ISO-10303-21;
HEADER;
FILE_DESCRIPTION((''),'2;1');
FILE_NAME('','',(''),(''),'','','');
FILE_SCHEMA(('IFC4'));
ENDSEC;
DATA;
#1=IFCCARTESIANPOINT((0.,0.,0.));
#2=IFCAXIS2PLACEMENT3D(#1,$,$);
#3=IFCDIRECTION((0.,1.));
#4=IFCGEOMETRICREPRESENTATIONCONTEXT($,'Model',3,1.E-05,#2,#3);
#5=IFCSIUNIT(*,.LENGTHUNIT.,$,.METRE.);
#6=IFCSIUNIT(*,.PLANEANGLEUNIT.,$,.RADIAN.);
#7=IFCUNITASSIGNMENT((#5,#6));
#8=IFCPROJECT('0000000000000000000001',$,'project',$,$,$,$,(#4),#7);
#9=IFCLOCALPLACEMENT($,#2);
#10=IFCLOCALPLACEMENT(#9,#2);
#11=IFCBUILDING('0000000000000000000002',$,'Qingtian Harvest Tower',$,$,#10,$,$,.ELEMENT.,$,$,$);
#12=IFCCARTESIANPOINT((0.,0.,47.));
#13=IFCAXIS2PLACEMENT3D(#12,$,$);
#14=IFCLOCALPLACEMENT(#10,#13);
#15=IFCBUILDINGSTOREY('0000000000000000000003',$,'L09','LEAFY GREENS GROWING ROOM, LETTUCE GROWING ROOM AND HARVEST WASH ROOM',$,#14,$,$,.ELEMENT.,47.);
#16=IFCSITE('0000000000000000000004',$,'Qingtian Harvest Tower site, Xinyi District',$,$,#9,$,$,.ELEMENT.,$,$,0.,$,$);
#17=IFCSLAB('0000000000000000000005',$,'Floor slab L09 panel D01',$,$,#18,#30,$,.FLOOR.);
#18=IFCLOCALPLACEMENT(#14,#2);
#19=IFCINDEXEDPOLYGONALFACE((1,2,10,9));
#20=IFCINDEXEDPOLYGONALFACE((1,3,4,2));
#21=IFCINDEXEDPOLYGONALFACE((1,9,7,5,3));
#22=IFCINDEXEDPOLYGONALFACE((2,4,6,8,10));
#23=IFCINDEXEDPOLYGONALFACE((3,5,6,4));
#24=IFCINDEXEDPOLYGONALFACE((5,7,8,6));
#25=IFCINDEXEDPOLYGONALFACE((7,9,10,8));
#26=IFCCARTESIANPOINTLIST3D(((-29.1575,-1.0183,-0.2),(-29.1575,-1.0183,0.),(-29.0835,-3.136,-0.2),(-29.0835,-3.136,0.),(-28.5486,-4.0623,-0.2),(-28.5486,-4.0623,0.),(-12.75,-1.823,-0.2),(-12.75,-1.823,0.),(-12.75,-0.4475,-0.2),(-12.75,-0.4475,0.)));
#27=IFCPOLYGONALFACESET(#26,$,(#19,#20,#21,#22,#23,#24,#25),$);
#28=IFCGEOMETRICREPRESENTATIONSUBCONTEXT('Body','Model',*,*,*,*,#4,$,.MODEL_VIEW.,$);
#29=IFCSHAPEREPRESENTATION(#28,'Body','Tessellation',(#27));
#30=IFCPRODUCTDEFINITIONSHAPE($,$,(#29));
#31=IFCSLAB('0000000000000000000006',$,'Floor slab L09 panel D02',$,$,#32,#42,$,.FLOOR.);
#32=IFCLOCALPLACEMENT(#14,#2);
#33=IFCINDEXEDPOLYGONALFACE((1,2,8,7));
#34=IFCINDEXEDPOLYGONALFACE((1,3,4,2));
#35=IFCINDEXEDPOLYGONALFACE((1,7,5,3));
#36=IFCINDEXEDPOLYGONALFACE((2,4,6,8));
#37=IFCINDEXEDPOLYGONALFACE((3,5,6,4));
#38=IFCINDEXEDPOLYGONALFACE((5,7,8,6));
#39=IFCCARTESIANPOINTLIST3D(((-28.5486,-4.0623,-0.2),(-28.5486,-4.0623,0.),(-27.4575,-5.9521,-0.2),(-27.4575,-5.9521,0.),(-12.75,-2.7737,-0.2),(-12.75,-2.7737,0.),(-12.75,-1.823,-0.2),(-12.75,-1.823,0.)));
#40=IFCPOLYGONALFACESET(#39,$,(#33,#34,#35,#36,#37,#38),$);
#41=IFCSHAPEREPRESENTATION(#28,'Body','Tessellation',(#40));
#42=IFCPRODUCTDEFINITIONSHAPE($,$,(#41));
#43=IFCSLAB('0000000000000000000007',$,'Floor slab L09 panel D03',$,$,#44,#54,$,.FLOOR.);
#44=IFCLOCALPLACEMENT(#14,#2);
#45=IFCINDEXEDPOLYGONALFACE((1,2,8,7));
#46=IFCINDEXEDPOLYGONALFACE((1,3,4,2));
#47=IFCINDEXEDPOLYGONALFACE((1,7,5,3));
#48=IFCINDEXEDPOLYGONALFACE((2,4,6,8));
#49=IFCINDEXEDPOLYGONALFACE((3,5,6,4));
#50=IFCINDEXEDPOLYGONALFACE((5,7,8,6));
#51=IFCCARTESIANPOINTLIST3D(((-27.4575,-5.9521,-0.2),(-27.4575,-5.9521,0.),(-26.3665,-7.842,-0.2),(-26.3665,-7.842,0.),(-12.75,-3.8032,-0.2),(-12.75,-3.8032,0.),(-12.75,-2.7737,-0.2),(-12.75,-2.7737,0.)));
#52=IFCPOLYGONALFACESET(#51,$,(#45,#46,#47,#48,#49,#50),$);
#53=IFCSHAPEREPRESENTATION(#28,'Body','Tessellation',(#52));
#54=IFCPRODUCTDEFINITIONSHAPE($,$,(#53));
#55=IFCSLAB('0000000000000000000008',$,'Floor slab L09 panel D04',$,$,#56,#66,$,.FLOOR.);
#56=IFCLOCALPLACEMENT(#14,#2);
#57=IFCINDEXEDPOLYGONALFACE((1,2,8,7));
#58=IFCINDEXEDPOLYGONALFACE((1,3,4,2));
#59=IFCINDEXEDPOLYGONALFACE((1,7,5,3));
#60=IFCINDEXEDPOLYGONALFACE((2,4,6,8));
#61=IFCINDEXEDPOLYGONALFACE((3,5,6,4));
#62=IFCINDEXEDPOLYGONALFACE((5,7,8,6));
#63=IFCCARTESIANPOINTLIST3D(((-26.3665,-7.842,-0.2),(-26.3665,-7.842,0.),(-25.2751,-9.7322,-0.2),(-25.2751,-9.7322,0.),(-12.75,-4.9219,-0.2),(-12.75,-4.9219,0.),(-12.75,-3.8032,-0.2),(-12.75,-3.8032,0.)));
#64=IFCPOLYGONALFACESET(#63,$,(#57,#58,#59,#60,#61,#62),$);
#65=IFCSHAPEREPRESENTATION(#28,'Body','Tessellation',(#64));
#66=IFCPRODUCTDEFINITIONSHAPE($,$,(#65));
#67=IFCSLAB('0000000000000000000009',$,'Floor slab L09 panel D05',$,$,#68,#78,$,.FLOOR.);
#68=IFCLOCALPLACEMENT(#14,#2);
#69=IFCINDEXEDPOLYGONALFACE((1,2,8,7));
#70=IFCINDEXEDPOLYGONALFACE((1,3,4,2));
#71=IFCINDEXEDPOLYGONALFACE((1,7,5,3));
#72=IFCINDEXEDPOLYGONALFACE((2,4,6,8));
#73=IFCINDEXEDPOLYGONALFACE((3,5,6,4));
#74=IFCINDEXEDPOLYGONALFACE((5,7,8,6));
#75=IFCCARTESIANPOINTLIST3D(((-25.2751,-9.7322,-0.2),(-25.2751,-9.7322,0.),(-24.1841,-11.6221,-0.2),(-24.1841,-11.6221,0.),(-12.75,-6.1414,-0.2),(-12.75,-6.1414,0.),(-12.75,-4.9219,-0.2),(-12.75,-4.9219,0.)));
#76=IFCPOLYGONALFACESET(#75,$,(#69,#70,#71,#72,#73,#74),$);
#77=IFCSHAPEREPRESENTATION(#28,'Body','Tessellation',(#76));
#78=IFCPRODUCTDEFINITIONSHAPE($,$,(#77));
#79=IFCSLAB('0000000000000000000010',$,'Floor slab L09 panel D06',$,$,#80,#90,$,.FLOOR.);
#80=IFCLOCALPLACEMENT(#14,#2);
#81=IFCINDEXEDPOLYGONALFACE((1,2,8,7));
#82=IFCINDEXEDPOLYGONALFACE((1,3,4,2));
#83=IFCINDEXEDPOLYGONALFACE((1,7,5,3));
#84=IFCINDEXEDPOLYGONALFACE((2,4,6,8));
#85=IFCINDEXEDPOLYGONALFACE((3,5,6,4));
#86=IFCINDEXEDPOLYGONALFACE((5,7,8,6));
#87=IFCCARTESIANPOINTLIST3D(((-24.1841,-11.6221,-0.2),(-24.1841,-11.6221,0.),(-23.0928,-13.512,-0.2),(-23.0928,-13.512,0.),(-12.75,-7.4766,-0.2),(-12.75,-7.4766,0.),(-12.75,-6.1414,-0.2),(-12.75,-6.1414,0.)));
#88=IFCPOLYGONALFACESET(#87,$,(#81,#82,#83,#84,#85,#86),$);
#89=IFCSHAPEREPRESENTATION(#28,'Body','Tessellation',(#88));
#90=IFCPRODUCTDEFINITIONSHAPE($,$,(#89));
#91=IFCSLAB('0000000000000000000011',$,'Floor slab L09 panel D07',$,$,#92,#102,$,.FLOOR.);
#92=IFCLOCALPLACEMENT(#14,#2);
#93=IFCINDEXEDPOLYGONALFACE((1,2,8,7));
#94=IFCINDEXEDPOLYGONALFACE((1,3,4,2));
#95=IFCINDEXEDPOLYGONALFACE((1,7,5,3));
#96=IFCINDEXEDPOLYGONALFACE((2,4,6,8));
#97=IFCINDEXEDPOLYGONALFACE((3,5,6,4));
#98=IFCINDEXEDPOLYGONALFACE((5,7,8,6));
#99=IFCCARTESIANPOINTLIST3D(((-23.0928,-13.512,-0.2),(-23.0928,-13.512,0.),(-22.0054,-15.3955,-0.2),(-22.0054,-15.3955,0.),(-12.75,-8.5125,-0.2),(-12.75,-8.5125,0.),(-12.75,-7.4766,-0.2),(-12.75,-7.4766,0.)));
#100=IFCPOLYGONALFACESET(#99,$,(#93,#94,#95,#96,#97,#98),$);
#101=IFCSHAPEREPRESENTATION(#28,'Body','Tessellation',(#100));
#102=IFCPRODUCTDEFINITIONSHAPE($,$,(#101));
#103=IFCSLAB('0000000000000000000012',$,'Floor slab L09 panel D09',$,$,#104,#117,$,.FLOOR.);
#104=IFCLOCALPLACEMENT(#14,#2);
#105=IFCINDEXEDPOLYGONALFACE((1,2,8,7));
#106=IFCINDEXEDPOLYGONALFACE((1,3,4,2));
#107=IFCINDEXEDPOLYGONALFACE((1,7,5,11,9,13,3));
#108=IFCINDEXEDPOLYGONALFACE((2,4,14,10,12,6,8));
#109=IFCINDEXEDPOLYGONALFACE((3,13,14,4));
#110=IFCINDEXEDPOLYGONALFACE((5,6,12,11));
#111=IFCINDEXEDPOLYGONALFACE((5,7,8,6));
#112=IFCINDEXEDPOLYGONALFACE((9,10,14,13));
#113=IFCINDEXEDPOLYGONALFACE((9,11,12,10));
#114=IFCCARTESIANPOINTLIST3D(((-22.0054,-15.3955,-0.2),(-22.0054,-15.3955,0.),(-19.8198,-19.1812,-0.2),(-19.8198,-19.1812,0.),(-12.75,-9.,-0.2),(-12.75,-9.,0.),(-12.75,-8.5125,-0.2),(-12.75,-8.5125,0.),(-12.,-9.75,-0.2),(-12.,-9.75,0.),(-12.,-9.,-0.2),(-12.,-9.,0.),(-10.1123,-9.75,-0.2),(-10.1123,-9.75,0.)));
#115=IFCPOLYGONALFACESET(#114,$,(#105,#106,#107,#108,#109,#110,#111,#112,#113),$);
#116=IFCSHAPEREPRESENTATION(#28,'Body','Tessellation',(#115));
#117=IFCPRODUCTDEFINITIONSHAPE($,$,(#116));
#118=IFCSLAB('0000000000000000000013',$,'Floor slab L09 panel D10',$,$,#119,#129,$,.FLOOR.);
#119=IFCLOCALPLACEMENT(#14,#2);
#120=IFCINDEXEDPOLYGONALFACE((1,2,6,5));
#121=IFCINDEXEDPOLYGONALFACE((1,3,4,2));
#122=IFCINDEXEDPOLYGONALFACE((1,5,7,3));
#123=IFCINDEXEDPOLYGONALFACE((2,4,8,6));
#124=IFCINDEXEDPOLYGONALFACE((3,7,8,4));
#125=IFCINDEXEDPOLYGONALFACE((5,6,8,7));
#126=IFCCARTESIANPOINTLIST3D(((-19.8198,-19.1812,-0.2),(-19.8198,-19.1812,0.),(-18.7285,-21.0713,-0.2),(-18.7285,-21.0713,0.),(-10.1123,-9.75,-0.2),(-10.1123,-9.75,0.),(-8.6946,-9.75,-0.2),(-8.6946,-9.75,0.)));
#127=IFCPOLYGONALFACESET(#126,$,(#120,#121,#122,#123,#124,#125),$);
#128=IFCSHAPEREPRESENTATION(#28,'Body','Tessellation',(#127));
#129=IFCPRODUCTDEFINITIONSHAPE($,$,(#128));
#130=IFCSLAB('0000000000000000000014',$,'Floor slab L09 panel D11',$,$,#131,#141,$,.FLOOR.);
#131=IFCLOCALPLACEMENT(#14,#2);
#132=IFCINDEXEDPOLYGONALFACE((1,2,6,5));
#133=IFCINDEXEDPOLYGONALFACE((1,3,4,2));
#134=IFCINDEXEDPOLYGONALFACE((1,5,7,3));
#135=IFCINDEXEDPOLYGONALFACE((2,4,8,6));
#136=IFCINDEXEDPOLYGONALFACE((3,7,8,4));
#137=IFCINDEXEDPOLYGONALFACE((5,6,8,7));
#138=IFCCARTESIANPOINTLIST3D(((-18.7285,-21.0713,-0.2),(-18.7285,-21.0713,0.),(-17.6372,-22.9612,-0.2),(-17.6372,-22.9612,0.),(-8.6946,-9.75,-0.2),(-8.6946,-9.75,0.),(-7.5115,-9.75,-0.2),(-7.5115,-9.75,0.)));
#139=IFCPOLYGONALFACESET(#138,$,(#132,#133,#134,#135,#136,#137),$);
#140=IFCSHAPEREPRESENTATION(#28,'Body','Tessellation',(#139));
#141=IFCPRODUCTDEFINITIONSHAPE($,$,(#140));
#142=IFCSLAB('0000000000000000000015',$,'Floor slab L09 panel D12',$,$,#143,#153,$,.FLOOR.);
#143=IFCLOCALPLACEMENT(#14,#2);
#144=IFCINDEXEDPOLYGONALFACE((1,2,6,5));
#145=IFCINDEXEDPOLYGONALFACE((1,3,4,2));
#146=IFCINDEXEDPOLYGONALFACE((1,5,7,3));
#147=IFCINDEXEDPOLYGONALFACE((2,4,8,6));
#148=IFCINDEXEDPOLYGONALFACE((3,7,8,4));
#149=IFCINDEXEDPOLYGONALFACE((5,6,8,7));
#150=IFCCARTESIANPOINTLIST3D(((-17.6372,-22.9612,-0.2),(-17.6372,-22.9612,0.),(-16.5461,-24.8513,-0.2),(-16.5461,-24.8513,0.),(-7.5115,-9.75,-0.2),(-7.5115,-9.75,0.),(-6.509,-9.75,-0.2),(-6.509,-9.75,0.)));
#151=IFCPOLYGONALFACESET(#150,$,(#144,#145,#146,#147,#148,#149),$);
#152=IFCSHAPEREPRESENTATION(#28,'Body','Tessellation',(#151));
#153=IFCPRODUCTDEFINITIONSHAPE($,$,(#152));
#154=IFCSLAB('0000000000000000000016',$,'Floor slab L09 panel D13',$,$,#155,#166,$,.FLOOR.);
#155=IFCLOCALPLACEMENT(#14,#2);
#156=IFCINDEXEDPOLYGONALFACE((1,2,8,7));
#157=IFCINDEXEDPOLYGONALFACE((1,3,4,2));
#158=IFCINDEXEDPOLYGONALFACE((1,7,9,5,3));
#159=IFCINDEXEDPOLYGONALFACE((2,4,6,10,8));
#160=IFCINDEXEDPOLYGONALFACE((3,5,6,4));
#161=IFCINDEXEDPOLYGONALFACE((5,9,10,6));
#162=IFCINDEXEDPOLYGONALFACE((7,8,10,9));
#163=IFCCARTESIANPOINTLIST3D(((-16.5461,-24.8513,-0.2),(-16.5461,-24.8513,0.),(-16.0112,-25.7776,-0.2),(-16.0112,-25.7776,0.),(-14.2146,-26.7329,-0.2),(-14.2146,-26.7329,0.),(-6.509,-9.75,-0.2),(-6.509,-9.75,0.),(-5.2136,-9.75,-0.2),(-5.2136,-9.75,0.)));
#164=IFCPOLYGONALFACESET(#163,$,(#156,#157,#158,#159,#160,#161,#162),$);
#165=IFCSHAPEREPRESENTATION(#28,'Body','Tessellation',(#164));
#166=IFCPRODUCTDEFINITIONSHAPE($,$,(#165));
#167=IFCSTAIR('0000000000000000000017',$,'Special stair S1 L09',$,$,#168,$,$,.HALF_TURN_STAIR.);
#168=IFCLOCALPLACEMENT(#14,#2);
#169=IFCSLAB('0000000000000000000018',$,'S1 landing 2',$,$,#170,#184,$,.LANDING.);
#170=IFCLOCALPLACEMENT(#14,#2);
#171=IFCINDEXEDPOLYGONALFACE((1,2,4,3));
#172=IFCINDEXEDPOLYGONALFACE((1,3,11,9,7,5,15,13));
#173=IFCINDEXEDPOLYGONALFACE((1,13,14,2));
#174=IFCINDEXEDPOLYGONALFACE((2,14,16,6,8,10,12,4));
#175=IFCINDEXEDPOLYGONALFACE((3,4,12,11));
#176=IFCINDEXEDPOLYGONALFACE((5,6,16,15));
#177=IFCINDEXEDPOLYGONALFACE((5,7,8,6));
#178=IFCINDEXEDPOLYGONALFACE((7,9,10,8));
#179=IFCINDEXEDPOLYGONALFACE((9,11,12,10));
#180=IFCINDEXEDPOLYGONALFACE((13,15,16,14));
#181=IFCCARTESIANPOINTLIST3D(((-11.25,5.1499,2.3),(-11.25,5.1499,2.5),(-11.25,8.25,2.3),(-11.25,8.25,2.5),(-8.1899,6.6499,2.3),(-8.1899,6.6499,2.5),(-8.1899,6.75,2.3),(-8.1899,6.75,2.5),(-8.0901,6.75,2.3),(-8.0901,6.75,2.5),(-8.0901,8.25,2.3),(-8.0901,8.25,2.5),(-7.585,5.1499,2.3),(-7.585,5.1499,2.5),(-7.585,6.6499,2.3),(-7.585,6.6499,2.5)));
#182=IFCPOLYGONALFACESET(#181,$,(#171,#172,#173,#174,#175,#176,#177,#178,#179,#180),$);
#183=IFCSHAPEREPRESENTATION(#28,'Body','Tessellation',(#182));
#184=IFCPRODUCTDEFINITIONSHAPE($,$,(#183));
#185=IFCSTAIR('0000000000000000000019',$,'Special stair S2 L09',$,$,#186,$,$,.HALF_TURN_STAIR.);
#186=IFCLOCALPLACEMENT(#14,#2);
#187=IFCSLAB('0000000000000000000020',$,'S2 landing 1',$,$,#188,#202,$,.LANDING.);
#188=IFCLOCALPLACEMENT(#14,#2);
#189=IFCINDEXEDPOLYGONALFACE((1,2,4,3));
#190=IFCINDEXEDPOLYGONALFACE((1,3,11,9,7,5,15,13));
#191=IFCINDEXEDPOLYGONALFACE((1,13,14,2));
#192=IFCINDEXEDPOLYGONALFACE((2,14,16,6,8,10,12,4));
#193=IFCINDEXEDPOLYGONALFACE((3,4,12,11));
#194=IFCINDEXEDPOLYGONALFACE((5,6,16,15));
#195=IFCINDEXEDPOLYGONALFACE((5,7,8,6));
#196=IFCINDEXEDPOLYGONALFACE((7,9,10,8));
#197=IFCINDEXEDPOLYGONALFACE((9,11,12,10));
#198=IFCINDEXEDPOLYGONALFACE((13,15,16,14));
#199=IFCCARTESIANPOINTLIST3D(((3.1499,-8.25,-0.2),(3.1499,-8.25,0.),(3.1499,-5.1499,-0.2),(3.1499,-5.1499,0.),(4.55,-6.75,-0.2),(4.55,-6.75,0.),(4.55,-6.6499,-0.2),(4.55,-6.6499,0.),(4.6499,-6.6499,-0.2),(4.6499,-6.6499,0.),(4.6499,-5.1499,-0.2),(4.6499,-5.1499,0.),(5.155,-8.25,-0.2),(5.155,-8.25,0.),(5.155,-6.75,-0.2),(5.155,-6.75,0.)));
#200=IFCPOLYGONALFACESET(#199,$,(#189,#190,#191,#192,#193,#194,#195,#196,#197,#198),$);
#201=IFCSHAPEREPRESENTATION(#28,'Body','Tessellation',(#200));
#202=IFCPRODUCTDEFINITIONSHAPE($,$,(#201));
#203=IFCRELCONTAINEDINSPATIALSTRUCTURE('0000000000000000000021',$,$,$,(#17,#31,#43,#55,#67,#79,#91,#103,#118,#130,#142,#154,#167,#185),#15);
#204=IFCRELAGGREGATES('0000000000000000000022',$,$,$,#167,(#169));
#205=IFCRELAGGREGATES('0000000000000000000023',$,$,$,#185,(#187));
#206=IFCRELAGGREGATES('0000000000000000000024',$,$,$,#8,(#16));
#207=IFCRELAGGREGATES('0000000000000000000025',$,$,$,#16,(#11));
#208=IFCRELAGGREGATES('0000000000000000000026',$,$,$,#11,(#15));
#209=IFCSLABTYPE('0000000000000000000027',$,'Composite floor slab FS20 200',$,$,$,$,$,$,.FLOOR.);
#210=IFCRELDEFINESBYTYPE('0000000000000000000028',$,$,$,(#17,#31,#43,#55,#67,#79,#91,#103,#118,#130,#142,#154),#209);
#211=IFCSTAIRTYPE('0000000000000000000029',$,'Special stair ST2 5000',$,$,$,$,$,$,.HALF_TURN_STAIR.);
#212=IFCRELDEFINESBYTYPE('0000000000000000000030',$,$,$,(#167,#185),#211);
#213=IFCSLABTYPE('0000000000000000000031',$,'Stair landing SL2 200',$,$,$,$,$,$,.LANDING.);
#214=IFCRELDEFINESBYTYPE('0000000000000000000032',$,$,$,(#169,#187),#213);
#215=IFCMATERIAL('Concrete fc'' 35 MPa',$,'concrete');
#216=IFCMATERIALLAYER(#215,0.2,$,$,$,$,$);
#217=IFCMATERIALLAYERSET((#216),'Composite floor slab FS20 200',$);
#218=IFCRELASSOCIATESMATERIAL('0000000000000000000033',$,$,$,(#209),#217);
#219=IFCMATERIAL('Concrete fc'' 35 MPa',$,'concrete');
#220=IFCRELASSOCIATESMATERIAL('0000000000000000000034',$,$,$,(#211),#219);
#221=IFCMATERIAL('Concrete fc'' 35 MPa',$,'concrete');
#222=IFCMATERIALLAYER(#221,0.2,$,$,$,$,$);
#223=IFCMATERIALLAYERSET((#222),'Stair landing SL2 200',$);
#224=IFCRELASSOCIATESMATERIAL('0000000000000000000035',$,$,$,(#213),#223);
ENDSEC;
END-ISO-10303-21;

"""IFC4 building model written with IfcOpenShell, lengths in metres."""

from ifc_helpers import new_model, si_unit, direction, frame, origin, place, context, subcontext, project, spatial, polyline, outline, extrude, material, layer, layer_set, type_object, element, aggregate, save


model = new_model("IFC4")

# Units and contexts
model_context = context("Model", 3, precision=1e-05, world=origin(), true_north=direction((0.0, 1.0)))
body_context = subcontext(model_context, "Body", "Model", "MODEL_VIEW")
ifc_project = project(units=[si_unit("LENGTHUNIT", "METRE"), si_unit("PLANEANGLEUNIT", "RADIAN")], contexts=[model_context])

# Site, building, storey
site_placement = place(None, origin())
site = spatial("IfcSite", under=ifc_project, at=site_placement, Name="Qingtian Harvest Tower site, Xinyi District", CompositionType="ELEMENT", RefElevation=0.0)
building_placement = place(site_placement, origin())
building = spatial("IfcBuilding", under=site, at=building_placement, Name="Qingtian Harvest Tower", CompositionType="ELEMENT")
storey_placement = place(building_placement, frame((0.0, 0.0, 47.0)))
storey = spatial("IfcBuildingStorey", under=building, at=storey_placement, Name="L09", Description="LEAFY GREENS GROWING ROOM, LETTUCE GROWING ROOM AND HARVEST WASH ROOM", CompositionType="ELEMENT", Elevation=47.0)

# Slabs
ifc_material_1 = material(Name="Concrete fc' 35 MPa", Category="concrete")
ifc_layer_1 = layer(ifc_material_1, 0.2)
ifc_layer_set_1 = layer_set([ifc_layer_1], Name="Composite floor slab FS20 200")
slab_type_1 = type_object("IfcSlabType", Name="Composite floor slab FS20 200", PredefinedType="FLOOR", material=ifc_layer_set_1)
slab_1_placement = place(storey_placement, frame((0.0, 0.0, -0.2)))
element("IfcSlab", 1, at=slab_1_placement, inside=storey, type_object=slab_type_1, Name="Floor slab L09 panel D01", PredefinedType="FLOOR", context=body_context, shape_type="SweptSolid", body=[
    extrude(outline(polyline([(-29.1575, -1.0183), (-12.75, -0.4475), (-12.75, -1.823), (-28.5486, -4.0623), (-29.0835, -3.136), (-29.1575, -1.0183)])), origin(), (0.0, 0.0, 1.0), 0.2),
])
slab_2_placement = place(storey_placement, frame((0.0, 0.0, -0.2)))
element("IfcSlab", 2, at=slab_2_placement, inside=storey, type_object=slab_type_1, Name="Floor slab L09 panel D02", PredefinedType="FLOOR", context=body_context, shape_type="SweptSolid", body=[
    extrude(outline(polyline([(-12.75, -2.7737), (-27.4575, -5.9521), (-28.5486, -4.0623), (-12.75, -1.823), (-12.75, -2.7737)])), origin(), (0.0, 0.0, 1.0), 0.2),
])
slab_3_placement = place(storey_placement, frame((0.0, 0.0, -0.2)))
element("IfcSlab", 3, at=slab_3_placement, inside=storey, type_object=slab_type_1, Name="Floor slab L09 panel D03", PredefinedType="FLOOR", context=body_context, shape_type="SweptSolid", body=[
    extrude(outline(polyline([(-12.75, -3.8032), (-26.3665, -7.842), (-27.4575, -5.9521), (-12.75, -2.7737), (-12.75, -3.8032)])), origin(), (0.0, 0.0, 1.0), 0.2),
])
slab_4_placement = place(storey_placement, frame((0.0, 0.0, -0.2)))
element("IfcSlab", 4, at=slab_4_placement, inside=storey, type_object=slab_type_1, Name="Floor slab L09 panel D04", PredefinedType="FLOOR", context=body_context, shape_type="SweptSolid", body=[
    extrude(outline(polyline([(-12.75, -4.9219), (-25.2751, -9.7322), (-26.3665, -7.842), (-12.75, -3.8032), (-12.75, -4.9219)])), origin(), (0.0, 0.0, 1.0), 0.2),
])
slab_5_placement = place(storey_placement, frame((0.0, 0.0, -0.2)))
element("IfcSlab", 5, at=slab_5_placement, inside=storey, type_object=slab_type_1, Name="Floor slab L09 panel D05", PredefinedType="FLOOR", context=body_context, shape_type="SweptSolid", body=[
    extrude(outline(polyline([(-12.75, -6.1414), (-24.1841, -11.6221), (-25.2751, -9.7322), (-12.75, -4.9219), (-12.75, -6.1414)])), origin(), (0.0, 0.0, 1.0), 0.2),
])
slab_6_placement = place(storey_placement, frame((0.0, 0.0, -0.2)))
element("IfcSlab", 6, at=slab_6_placement, inside=storey, type_object=slab_type_1, Name="Floor slab L09 panel D06", PredefinedType="FLOOR", context=body_context, shape_type="SweptSolid", body=[
    extrude(outline(polyline([(-12.75, -7.4766), (-23.0928, -13.512), (-24.1841, -11.6221), (-12.75, -6.1414), (-12.75, -7.4766)])), origin(), (0.0, 0.0, 1.0), 0.2),
])
slab_7_placement = place(storey_placement, frame((0.0, 0.0, -0.2)))
element("IfcSlab", 7, at=slab_7_placement, inside=storey, type_object=slab_type_1, Name="Floor slab L09 panel D07", PredefinedType="FLOOR", context=body_context, shape_type="SweptSolid", body=[
    extrude(outline(polyline([(-12.75, -8.5125), (-22.0054, -15.3955), (-23.0928, -13.512), (-12.75, -7.4766), (-12.75, -8.5125)])), origin(), (0.0, 0.0, 1.0), 0.2),
])
slab_8_placement = place(storey_placement, frame((0.0, 0.0, -0.2)))
element("IfcSlab", 8, at=slab_8_placement, inside=storey, type_object=slab_type_1, Name="Floor slab L09 panel D09", PredefinedType="FLOOR", context=body_context, shape_type="SweptSolid", body=[
    extrude(outline(polyline([(-19.8198, -19.1812), (-22.0054, -15.3955), (-12.75, -8.5125), (-12.75, -9.0), (-12.0, -9.0), (-12.0, -9.75), (-10.1123, -9.75), (-19.8198, -19.1812)])), origin(), (0.0, 0.0, 1.0), 0.2),
])
slab_9_placement = place(storey_placement, frame((0.0, 0.0, -0.2)))
element("IfcSlab", 9, at=slab_9_placement, inside=storey, type_object=slab_type_1, Name="Floor slab L09 panel D10", PredefinedType="FLOOR", context=body_context, shape_type="SweptSolid", body=[
    extrude(outline(polyline([(-8.6946, -9.75), (-18.7285, -21.0713), (-19.8198, -19.1812), (-10.1123, -9.75), (-8.6946, -9.75)])), origin(), (0.0, 0.0, 1.0), 0.2),
])
slab_10_placement = place(storey_placement, frame((0.0, 0.0, -0.2)))
element("IfcSlab", 10, at=slab_10_placement, inside=storey, type_object=slab_type_1, Name="Floor slab L09 panel D11", PredefinedType="FLOOR", context=body_context, shape_type="SweptSolid", body=[
    extrude(outline(polyline([(-7.5115, -9.75), (-17.6372, -22.9612), (-18.7285, -21.0713), (-8.6946, -9.75), (-7.5115, -9.75)])), origin(), (0.0, 0.0, 1.0), 0.2),
])
slab_11_placement = place(storey_placement, frame((0.0, 0.0, -0.2)))
element("IfcSlab", 11, at=slab_11_placement, inside=storey, type_object=slab_type_1, Name="Floor slab L09 panel D12", PredefinedType="FLOOR", context=body_context, shape_type="SweptSolid", body=[
    extrude(outline(polyline([(-6.509, -9.75), (-16.5461, -24.8513), (-17.6372, -22.9612), (-7.5115, -9.75), (-6.509, -9.75)])), origin(), (0.0, 0.0, 1.0), 0.2),
])
slab_12_placement = place(storey_placement, frame((0.0, 0.0, -0.2)))
element("IfcSlab", 12, at=slab_12_placement, inside=storey, type_object=slab_type_1, Name="Floor slab L09 panel D13", PredefinedType="FLOOR", context=body_context, shape_type="SweptSolid", body=[
    extrude(outline(polyline([(-6.509, -9.75), (-5.2136, -9.75), (-14.2146, -26.7329), (-16.0112, -25.7776), (-16.5461, -24.8513), (-6.509, -9.75)])), origin(), (0.0, 0.0, 1.0), 0.2),
])

# Stair, slab
ifc_material_2 = material(Name="Concrete fc' 35 MPa", Category="concrete")
stair_type = type_object("IfcStairType", Name="Special stair ST2 5000", PredefinedType="HALF_TURN_STAIR", material=ifc_material_2)
stair_1_placement = place(storey_placement, origin())
stair_1 = element("IfcStair", 13, at=stair_1_placement, inside=storey, type_object=stair_type, Name="Special stair S1 L09", PredefinedType="HALF_TURN_STAIR")
ifc_material_3 = material(Name="Concrete fc' 35 MPa", Category="concrete")
ifc_layer_2 = layer(ifc_material_3, 0.2)
ifc_layer_set_2 = layer_set([ifc_layer_2], Name="Stair landing SL2 200")
slab_type_2 = type_object("IfcSlabType", Name="Stair landing SL2 200", PredefinedType="LANDING", material=ifc_layer_set_2)
slab_13_placement = place(storey_placement, frame((0.0, 0.0, 2.3)))
slab_13 = element("IfcSlab", 14, at=slab_13_placement, type_object=slab_type_2, Name="S1 landing 2", PredefinedType="LANDING", context=body_context, shape_type="SweptSolid", body=[
    extrude(outline(polyline([(-7.585, 5.1499), (-11.25, 5.1499), (-11.25, 8.25), (-8.0901, 8.25), (-8.0901, 6.75), (-8.1899, 6.75), (-8.1899, 6.6499), (-7.585, 6.6499), (-7.585, 5.1499)])), origin(), (0.0, 0.0, 1.0), 0.2),
])
aggregate(stair_1, [slab_13])

# Stair, slab
stair_2_placement = place(storey_placement, origin())
stair_2 = element("IfcStair", 15, at=stair_2_placement, inside=storey, type_object=stair_type, Name="Special stair S2 L09", PredefinedType="HALF_TURN_STAIR")
slab_14_placement = place(storey_placement, frame((0.0, 0.0, -0.2)))
slab_14 = element("IfcSlab", 16, at=slab_14_placement, type_object=slab_type_2, Name="S2 landing 1", PredefinedType="LANDING", context=body_context, shape_type="SweptSolid", body=[
    extrude(outline(polyline([(5.155, -8.25), (3.1499, -8.25), (3.1499, -5.1499), (4.6499, -5.1499), (4.6499, -6.6499), (4.55, -6.6499), (4.55, -6.75), (5.155, -6.75), (5.155, -8.25)])), origin(), (0.0, 0.0, 1.0), 0.2),
])
aggregate(stair_2, [slab_14])

save(model, "model.ifc")
